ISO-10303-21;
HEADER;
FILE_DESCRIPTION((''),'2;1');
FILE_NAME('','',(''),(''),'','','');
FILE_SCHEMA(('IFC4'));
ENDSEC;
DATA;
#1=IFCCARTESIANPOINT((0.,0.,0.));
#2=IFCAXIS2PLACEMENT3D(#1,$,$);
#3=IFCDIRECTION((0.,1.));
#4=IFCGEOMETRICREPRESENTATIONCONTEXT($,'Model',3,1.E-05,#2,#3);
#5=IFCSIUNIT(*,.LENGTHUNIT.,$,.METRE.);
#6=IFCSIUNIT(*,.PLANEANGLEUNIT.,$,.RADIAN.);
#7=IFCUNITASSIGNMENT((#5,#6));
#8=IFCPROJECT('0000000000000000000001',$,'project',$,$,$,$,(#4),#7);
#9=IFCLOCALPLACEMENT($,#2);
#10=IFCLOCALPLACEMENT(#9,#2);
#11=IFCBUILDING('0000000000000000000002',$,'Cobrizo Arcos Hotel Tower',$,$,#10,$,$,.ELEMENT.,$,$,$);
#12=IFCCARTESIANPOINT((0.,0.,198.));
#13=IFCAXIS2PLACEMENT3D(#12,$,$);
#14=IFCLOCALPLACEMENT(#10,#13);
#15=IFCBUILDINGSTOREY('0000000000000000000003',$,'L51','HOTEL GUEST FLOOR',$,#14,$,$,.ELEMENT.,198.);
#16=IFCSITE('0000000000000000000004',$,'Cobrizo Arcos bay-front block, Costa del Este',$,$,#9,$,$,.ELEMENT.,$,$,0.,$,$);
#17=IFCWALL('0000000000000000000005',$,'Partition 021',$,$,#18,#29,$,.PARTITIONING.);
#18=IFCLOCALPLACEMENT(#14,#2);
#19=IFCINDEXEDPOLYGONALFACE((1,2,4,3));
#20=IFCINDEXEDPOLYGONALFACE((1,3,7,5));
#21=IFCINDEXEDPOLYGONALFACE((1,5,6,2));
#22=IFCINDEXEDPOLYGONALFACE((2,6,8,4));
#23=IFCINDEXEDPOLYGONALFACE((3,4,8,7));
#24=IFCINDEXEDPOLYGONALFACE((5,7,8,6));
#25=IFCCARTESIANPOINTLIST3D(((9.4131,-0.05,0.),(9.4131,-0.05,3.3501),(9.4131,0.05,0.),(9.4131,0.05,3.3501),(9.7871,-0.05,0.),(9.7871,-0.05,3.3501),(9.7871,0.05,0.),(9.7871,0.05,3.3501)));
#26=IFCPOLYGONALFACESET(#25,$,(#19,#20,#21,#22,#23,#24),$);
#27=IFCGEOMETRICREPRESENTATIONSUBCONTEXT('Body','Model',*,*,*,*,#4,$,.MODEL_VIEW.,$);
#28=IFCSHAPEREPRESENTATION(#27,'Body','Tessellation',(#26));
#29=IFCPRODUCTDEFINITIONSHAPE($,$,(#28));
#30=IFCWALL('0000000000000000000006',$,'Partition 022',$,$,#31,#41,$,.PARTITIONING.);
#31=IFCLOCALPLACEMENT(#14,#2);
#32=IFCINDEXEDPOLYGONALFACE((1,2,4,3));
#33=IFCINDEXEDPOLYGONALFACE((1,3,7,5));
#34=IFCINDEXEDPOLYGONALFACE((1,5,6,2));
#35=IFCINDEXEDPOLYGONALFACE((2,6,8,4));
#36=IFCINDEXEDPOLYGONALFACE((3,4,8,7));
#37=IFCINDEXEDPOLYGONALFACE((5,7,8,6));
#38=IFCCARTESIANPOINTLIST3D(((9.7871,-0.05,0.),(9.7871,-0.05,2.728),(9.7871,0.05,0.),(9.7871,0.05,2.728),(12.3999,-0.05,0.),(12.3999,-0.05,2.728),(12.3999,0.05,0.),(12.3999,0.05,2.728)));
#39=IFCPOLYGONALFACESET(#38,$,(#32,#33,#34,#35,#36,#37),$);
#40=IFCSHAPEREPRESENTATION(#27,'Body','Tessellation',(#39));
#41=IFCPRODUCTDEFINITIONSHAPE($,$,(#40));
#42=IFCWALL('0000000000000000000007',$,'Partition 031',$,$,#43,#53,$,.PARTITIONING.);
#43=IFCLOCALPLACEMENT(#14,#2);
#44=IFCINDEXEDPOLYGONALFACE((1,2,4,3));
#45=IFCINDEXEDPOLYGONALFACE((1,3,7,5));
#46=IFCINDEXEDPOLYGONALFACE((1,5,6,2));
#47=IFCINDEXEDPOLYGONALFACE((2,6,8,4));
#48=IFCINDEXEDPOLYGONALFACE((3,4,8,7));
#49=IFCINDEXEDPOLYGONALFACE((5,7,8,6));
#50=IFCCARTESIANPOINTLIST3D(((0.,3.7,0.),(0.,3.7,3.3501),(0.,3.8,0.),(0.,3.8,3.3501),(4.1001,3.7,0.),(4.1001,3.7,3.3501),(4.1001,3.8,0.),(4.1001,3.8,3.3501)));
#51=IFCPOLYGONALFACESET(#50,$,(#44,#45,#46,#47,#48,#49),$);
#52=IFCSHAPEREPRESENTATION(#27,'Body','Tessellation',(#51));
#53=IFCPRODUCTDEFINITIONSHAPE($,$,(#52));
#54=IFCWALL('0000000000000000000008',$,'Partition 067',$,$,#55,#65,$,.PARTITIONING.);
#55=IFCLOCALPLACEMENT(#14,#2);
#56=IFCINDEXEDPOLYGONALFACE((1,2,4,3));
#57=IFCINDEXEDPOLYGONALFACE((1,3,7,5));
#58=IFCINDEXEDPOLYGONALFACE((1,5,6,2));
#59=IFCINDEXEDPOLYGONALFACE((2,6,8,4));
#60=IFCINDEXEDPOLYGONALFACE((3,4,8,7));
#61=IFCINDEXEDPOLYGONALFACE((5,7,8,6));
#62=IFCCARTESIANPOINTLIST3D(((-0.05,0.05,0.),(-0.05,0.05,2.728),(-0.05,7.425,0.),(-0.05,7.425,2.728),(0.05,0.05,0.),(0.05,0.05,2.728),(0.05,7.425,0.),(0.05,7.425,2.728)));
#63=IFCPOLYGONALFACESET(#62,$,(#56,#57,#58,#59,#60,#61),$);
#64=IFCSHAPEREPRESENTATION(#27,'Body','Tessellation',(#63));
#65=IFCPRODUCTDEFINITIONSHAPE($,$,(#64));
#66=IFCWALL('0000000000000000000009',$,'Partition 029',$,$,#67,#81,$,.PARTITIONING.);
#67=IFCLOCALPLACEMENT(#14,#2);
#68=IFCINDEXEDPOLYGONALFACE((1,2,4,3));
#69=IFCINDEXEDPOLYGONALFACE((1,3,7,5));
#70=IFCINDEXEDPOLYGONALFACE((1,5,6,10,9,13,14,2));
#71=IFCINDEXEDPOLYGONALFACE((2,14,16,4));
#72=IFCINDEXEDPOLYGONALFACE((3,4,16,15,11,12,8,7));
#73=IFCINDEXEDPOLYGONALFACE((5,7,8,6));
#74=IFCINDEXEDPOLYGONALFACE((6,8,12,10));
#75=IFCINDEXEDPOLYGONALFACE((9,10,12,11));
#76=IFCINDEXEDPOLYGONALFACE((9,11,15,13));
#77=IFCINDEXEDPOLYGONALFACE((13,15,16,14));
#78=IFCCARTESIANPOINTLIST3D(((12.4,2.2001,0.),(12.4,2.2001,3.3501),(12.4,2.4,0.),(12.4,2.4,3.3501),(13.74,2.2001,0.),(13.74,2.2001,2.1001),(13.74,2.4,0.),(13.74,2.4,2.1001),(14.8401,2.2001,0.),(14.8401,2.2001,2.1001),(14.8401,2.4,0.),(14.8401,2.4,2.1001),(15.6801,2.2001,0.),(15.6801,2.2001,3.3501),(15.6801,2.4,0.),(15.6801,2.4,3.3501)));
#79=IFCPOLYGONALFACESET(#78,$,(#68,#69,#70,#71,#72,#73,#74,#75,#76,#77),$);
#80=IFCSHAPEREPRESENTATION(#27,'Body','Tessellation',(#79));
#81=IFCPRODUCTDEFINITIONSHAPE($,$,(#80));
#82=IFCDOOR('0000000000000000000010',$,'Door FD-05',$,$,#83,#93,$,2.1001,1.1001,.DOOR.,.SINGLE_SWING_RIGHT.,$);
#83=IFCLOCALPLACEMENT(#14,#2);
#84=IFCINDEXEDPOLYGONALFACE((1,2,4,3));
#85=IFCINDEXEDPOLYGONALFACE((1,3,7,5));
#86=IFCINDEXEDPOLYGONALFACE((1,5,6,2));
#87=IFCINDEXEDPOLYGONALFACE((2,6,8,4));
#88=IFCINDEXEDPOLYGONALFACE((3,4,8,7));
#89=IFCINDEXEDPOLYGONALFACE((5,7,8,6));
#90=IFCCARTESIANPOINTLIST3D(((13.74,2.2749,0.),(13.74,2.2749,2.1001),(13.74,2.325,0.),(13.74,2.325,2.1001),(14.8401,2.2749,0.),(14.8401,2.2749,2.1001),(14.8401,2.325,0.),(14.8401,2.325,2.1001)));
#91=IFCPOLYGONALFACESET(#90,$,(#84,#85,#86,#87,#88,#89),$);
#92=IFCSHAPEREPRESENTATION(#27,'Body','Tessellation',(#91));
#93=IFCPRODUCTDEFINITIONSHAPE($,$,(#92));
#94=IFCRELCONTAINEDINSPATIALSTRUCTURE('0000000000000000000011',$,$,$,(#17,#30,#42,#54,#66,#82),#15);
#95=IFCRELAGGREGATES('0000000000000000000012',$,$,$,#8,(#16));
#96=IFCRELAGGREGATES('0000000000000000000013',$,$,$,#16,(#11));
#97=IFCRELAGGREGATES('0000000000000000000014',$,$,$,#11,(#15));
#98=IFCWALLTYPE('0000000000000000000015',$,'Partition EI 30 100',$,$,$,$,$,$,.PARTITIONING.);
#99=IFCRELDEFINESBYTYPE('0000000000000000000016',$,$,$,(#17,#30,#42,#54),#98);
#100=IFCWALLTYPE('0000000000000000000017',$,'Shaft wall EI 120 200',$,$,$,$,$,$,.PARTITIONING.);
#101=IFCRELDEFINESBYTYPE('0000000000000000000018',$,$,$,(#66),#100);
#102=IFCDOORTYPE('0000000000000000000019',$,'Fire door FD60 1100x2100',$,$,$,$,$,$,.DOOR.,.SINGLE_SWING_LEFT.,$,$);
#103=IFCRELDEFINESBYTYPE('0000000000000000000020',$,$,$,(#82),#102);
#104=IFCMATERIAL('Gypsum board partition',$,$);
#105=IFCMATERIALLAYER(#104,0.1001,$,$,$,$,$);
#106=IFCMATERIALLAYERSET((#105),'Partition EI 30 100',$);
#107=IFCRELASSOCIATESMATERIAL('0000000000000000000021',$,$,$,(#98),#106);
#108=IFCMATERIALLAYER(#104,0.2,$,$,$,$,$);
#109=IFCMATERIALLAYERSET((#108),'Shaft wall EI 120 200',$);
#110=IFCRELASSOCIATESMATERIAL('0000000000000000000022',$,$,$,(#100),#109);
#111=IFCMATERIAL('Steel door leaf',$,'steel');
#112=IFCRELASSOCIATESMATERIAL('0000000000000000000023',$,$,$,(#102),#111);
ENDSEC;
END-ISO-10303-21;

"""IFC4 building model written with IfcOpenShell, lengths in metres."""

from ifc_helpers import new_model, si_unit, direction, frame, frame_2d, origin, place, context, subcontext, project, spatial, rectangle, extrude, material, layer, layer_set, type_object, element, fill, save


model = new_model("IFC4")

# Units and contexts
model_context = context("Model", 3, precision=1e-05, world=origin(), true_north=direction((0.0, 1.0)))
body_context = subcontext(model_context, "Body", "Model", "MODEL_VIEW")
ifc_project = project(units=[si_unit("LENGTHUNIT", "METRE"), si_unit("PLANEANGLEUNIT", "RADIAN")], contexts=[model_context])

# Site, building, storey
site_placement = place(None, origin())
site = spatial("IfcSite", under=ifc_project, at=site_placement, Name="Cobrizo Arcos bay-front block, Costa del Este", CompositionType="ELEMENT", RefElevation=0.0)
building_placement = place(site_placement, origin())
building = spatial("IfcBuilding", under=site, at=building_placement, Name="Cobrizo Arcos Hotel Tower", CompositionType="ELEMENT")
storey_placement = place(building_placement, frame((0.0, 0.0, 198.0)))
storey = spatial("IfcBuildingStorey", under=building, at=storey_placement, Name="L51", Description="HOTEL GUEST FLOOR", CompositionType="ELEMENT", Elevation=198.0)

# Walls
ifc_material_1 = material(Name="Gypsum board partition")
ifc_layer_1 = layer(ifc_material_1, 0.1001)
ifc_layer_set_1 = layer_set([ifc_layer_1], Name="Partition EI 30 100")
wall_type_1 = type_object("IfcWallType", Name="Partition EI 30 100", PredefinedType="PARTITIONING", material=ifc_layer_set_1)
wall_1_placement = place(storey_placement, frame((9.4131, 0.0, 0.0), z_axis=(0.0, 0.0, 1.0), x_axis=(1.0, 0.0, 0.0)))
element("IfcWall", 1, at=wall_1_placement, inside=storey, type_object=wall_type_1, Name="Partition 021", PredefinedType="PARTITIONING", context=body_context, shape_type="SweptSolid", body=[
    extrude(rectangle(XDim=0.374, YDim=0.1001, at=frame_2d((0.187, 0.0))), origin(), (0.0, 0.0, 1.0), 3.3501),
])
wall_2_placement = place(storey_placement, frame((9.7871, 0.0, 0.0), z_axis=(0.0, 0.0, 1.0), x_axis=(1.0, 0.0, 0.0)))
element("IfcWall", 2, at=wall_2_placement, inside=storey, type_object=wall_type_1, Name="Partition 022", PredefinedType="PARTITIONING", context=body_context, shape_type="SweptSolid", body=[
    extrude(rectangle(XDim=2.6128, YDim=0.1001, at=frame_2d((1.3064, 0.0))), origin(), (0.0, 0.0, 1.0), 2.728),
])
wall_3_placement = place(storey_placement, frame((0.0, 3.75, 0.0), z_axis=(0.0, 0.0, 1.0), x_axis=(1.0, 0.0, 0.0)))
element("IfcWall", 3, at=wall_3_placement, inside=storey, type_object=wall_type_1, Name="Partition 031", PredefinedType="PARTITIONING", context=body_context, shape_type="SweptSolid", body=[
    extrude(rectangle(XDim=4.1001, YDim=0.1001, at=frame_2d((2.05, 0.0))), origin(), (0.0, 0.0, 1.0), 3.3501),
])
wall_4_placement = place(storey_placement, frame((0.0, 0.05, 0.0), z_axis=(0.0, 0.0, 1.0), x_axis=(0.0, 1.0, 0.0)))
element("IfcWall", 4, at=wall_4_placement, inside=storey, type_object=wall_type_1, Name="Partition 067", PredefinedType="PARTITIONING", context=body_context, shape_type="SweptSolid", body=[
    extrude(rectangle(XDim=7.375, YDim=0.1001, at=frame_2d((3.6875, 0.0))), origin(), (0.0, 0.0, 1.0), 2.728),
])

# Wall, opening, door
ifc_layer_2 = layer(ifc_material_1, 0.2)
ifc_layer_set_2 = layer_set([ifc_layer_2], Name="Shaft wall EI 120 200")
wall_type_2 = type_object("IfcWallType", Name="Shaft wall EI 120 200", PredefinedType="PARTITIONING", material=ifc_layer_set_2)
wall_5_placement = place(storey_placement, frame((12.3999, 2.3, 0.0), z_axis=(0.0, 0.0, 1.0), x_axis=(1.0, 0.0, 0.0)))
wall_5 = element("IfcWall", 5, at=wall_5_placement, inside=storey, type_object=wall_type_2, Name="Partition 029", PredefinedType="PARTITIONING", context=body_context, shape_type="SweptSolid", body=[
    extrude(rectangle(XDim=3.28, YDim=0.2, at=frame_2d((1.6401, 0.0))), origin(), (0.0, 0.0, 1.0), 3.3501),
])
opening_placement = place(wall_5_placement, frame((1.3401, 0.0, 0.0)))
opening = element("IfcOpeningElement", 6, at=opening_placement, cuts=wall_5, PredefinedType="OPENING", context=body_context, shape_type="SweptSolid", body=[
    extrude(rectangle(XDim=1.1001, YDim=2.1001, at=frame_2d((0.55, 1.05))), frame((0.0, 0.1121, 0.0), z_axis=(0.0, -1.0, 0.0), x_axis=(1.0, 0.0, 0.0)), (0.0, 0.0, 1.0), 0.2239),
])
ifc_material_2 = material(Name="Steel door leaf", Category="steel")
door_type = type_object("IfcDoorType", Name="Fire door FD60 1100x2100", OperationType="SINGLE_SWING_LEFT", PredefinedType="DOOR", material=ifc_material_2)
door_placement = place(opening_placement, origin())
door = element("IfcDoor", 7, at=door_placement, inside=storey, type_object=door_type, Name="Door FD-05", OperationType="SINGLE_SWING_RIGHT", OverallHeight=2.1001, OverallWidth=1.1001, PredefinedType="DOOR", context=body_context, shape_type="SweptSolid", body=[
    extrude(rectangle(XDim=1.1001, YDim=2.1001, at=frame_2d((0.55, 1.05))), frame((0.0, 0.0249, 0.0), z_axis=(0.0, -1.0, 0.0), x_axis=(1.0, 0.0, 0.0)), (0.0, 0.0, 1.0), 0.05),
])
fill(opening, door)

save(model, "model.ifc")
